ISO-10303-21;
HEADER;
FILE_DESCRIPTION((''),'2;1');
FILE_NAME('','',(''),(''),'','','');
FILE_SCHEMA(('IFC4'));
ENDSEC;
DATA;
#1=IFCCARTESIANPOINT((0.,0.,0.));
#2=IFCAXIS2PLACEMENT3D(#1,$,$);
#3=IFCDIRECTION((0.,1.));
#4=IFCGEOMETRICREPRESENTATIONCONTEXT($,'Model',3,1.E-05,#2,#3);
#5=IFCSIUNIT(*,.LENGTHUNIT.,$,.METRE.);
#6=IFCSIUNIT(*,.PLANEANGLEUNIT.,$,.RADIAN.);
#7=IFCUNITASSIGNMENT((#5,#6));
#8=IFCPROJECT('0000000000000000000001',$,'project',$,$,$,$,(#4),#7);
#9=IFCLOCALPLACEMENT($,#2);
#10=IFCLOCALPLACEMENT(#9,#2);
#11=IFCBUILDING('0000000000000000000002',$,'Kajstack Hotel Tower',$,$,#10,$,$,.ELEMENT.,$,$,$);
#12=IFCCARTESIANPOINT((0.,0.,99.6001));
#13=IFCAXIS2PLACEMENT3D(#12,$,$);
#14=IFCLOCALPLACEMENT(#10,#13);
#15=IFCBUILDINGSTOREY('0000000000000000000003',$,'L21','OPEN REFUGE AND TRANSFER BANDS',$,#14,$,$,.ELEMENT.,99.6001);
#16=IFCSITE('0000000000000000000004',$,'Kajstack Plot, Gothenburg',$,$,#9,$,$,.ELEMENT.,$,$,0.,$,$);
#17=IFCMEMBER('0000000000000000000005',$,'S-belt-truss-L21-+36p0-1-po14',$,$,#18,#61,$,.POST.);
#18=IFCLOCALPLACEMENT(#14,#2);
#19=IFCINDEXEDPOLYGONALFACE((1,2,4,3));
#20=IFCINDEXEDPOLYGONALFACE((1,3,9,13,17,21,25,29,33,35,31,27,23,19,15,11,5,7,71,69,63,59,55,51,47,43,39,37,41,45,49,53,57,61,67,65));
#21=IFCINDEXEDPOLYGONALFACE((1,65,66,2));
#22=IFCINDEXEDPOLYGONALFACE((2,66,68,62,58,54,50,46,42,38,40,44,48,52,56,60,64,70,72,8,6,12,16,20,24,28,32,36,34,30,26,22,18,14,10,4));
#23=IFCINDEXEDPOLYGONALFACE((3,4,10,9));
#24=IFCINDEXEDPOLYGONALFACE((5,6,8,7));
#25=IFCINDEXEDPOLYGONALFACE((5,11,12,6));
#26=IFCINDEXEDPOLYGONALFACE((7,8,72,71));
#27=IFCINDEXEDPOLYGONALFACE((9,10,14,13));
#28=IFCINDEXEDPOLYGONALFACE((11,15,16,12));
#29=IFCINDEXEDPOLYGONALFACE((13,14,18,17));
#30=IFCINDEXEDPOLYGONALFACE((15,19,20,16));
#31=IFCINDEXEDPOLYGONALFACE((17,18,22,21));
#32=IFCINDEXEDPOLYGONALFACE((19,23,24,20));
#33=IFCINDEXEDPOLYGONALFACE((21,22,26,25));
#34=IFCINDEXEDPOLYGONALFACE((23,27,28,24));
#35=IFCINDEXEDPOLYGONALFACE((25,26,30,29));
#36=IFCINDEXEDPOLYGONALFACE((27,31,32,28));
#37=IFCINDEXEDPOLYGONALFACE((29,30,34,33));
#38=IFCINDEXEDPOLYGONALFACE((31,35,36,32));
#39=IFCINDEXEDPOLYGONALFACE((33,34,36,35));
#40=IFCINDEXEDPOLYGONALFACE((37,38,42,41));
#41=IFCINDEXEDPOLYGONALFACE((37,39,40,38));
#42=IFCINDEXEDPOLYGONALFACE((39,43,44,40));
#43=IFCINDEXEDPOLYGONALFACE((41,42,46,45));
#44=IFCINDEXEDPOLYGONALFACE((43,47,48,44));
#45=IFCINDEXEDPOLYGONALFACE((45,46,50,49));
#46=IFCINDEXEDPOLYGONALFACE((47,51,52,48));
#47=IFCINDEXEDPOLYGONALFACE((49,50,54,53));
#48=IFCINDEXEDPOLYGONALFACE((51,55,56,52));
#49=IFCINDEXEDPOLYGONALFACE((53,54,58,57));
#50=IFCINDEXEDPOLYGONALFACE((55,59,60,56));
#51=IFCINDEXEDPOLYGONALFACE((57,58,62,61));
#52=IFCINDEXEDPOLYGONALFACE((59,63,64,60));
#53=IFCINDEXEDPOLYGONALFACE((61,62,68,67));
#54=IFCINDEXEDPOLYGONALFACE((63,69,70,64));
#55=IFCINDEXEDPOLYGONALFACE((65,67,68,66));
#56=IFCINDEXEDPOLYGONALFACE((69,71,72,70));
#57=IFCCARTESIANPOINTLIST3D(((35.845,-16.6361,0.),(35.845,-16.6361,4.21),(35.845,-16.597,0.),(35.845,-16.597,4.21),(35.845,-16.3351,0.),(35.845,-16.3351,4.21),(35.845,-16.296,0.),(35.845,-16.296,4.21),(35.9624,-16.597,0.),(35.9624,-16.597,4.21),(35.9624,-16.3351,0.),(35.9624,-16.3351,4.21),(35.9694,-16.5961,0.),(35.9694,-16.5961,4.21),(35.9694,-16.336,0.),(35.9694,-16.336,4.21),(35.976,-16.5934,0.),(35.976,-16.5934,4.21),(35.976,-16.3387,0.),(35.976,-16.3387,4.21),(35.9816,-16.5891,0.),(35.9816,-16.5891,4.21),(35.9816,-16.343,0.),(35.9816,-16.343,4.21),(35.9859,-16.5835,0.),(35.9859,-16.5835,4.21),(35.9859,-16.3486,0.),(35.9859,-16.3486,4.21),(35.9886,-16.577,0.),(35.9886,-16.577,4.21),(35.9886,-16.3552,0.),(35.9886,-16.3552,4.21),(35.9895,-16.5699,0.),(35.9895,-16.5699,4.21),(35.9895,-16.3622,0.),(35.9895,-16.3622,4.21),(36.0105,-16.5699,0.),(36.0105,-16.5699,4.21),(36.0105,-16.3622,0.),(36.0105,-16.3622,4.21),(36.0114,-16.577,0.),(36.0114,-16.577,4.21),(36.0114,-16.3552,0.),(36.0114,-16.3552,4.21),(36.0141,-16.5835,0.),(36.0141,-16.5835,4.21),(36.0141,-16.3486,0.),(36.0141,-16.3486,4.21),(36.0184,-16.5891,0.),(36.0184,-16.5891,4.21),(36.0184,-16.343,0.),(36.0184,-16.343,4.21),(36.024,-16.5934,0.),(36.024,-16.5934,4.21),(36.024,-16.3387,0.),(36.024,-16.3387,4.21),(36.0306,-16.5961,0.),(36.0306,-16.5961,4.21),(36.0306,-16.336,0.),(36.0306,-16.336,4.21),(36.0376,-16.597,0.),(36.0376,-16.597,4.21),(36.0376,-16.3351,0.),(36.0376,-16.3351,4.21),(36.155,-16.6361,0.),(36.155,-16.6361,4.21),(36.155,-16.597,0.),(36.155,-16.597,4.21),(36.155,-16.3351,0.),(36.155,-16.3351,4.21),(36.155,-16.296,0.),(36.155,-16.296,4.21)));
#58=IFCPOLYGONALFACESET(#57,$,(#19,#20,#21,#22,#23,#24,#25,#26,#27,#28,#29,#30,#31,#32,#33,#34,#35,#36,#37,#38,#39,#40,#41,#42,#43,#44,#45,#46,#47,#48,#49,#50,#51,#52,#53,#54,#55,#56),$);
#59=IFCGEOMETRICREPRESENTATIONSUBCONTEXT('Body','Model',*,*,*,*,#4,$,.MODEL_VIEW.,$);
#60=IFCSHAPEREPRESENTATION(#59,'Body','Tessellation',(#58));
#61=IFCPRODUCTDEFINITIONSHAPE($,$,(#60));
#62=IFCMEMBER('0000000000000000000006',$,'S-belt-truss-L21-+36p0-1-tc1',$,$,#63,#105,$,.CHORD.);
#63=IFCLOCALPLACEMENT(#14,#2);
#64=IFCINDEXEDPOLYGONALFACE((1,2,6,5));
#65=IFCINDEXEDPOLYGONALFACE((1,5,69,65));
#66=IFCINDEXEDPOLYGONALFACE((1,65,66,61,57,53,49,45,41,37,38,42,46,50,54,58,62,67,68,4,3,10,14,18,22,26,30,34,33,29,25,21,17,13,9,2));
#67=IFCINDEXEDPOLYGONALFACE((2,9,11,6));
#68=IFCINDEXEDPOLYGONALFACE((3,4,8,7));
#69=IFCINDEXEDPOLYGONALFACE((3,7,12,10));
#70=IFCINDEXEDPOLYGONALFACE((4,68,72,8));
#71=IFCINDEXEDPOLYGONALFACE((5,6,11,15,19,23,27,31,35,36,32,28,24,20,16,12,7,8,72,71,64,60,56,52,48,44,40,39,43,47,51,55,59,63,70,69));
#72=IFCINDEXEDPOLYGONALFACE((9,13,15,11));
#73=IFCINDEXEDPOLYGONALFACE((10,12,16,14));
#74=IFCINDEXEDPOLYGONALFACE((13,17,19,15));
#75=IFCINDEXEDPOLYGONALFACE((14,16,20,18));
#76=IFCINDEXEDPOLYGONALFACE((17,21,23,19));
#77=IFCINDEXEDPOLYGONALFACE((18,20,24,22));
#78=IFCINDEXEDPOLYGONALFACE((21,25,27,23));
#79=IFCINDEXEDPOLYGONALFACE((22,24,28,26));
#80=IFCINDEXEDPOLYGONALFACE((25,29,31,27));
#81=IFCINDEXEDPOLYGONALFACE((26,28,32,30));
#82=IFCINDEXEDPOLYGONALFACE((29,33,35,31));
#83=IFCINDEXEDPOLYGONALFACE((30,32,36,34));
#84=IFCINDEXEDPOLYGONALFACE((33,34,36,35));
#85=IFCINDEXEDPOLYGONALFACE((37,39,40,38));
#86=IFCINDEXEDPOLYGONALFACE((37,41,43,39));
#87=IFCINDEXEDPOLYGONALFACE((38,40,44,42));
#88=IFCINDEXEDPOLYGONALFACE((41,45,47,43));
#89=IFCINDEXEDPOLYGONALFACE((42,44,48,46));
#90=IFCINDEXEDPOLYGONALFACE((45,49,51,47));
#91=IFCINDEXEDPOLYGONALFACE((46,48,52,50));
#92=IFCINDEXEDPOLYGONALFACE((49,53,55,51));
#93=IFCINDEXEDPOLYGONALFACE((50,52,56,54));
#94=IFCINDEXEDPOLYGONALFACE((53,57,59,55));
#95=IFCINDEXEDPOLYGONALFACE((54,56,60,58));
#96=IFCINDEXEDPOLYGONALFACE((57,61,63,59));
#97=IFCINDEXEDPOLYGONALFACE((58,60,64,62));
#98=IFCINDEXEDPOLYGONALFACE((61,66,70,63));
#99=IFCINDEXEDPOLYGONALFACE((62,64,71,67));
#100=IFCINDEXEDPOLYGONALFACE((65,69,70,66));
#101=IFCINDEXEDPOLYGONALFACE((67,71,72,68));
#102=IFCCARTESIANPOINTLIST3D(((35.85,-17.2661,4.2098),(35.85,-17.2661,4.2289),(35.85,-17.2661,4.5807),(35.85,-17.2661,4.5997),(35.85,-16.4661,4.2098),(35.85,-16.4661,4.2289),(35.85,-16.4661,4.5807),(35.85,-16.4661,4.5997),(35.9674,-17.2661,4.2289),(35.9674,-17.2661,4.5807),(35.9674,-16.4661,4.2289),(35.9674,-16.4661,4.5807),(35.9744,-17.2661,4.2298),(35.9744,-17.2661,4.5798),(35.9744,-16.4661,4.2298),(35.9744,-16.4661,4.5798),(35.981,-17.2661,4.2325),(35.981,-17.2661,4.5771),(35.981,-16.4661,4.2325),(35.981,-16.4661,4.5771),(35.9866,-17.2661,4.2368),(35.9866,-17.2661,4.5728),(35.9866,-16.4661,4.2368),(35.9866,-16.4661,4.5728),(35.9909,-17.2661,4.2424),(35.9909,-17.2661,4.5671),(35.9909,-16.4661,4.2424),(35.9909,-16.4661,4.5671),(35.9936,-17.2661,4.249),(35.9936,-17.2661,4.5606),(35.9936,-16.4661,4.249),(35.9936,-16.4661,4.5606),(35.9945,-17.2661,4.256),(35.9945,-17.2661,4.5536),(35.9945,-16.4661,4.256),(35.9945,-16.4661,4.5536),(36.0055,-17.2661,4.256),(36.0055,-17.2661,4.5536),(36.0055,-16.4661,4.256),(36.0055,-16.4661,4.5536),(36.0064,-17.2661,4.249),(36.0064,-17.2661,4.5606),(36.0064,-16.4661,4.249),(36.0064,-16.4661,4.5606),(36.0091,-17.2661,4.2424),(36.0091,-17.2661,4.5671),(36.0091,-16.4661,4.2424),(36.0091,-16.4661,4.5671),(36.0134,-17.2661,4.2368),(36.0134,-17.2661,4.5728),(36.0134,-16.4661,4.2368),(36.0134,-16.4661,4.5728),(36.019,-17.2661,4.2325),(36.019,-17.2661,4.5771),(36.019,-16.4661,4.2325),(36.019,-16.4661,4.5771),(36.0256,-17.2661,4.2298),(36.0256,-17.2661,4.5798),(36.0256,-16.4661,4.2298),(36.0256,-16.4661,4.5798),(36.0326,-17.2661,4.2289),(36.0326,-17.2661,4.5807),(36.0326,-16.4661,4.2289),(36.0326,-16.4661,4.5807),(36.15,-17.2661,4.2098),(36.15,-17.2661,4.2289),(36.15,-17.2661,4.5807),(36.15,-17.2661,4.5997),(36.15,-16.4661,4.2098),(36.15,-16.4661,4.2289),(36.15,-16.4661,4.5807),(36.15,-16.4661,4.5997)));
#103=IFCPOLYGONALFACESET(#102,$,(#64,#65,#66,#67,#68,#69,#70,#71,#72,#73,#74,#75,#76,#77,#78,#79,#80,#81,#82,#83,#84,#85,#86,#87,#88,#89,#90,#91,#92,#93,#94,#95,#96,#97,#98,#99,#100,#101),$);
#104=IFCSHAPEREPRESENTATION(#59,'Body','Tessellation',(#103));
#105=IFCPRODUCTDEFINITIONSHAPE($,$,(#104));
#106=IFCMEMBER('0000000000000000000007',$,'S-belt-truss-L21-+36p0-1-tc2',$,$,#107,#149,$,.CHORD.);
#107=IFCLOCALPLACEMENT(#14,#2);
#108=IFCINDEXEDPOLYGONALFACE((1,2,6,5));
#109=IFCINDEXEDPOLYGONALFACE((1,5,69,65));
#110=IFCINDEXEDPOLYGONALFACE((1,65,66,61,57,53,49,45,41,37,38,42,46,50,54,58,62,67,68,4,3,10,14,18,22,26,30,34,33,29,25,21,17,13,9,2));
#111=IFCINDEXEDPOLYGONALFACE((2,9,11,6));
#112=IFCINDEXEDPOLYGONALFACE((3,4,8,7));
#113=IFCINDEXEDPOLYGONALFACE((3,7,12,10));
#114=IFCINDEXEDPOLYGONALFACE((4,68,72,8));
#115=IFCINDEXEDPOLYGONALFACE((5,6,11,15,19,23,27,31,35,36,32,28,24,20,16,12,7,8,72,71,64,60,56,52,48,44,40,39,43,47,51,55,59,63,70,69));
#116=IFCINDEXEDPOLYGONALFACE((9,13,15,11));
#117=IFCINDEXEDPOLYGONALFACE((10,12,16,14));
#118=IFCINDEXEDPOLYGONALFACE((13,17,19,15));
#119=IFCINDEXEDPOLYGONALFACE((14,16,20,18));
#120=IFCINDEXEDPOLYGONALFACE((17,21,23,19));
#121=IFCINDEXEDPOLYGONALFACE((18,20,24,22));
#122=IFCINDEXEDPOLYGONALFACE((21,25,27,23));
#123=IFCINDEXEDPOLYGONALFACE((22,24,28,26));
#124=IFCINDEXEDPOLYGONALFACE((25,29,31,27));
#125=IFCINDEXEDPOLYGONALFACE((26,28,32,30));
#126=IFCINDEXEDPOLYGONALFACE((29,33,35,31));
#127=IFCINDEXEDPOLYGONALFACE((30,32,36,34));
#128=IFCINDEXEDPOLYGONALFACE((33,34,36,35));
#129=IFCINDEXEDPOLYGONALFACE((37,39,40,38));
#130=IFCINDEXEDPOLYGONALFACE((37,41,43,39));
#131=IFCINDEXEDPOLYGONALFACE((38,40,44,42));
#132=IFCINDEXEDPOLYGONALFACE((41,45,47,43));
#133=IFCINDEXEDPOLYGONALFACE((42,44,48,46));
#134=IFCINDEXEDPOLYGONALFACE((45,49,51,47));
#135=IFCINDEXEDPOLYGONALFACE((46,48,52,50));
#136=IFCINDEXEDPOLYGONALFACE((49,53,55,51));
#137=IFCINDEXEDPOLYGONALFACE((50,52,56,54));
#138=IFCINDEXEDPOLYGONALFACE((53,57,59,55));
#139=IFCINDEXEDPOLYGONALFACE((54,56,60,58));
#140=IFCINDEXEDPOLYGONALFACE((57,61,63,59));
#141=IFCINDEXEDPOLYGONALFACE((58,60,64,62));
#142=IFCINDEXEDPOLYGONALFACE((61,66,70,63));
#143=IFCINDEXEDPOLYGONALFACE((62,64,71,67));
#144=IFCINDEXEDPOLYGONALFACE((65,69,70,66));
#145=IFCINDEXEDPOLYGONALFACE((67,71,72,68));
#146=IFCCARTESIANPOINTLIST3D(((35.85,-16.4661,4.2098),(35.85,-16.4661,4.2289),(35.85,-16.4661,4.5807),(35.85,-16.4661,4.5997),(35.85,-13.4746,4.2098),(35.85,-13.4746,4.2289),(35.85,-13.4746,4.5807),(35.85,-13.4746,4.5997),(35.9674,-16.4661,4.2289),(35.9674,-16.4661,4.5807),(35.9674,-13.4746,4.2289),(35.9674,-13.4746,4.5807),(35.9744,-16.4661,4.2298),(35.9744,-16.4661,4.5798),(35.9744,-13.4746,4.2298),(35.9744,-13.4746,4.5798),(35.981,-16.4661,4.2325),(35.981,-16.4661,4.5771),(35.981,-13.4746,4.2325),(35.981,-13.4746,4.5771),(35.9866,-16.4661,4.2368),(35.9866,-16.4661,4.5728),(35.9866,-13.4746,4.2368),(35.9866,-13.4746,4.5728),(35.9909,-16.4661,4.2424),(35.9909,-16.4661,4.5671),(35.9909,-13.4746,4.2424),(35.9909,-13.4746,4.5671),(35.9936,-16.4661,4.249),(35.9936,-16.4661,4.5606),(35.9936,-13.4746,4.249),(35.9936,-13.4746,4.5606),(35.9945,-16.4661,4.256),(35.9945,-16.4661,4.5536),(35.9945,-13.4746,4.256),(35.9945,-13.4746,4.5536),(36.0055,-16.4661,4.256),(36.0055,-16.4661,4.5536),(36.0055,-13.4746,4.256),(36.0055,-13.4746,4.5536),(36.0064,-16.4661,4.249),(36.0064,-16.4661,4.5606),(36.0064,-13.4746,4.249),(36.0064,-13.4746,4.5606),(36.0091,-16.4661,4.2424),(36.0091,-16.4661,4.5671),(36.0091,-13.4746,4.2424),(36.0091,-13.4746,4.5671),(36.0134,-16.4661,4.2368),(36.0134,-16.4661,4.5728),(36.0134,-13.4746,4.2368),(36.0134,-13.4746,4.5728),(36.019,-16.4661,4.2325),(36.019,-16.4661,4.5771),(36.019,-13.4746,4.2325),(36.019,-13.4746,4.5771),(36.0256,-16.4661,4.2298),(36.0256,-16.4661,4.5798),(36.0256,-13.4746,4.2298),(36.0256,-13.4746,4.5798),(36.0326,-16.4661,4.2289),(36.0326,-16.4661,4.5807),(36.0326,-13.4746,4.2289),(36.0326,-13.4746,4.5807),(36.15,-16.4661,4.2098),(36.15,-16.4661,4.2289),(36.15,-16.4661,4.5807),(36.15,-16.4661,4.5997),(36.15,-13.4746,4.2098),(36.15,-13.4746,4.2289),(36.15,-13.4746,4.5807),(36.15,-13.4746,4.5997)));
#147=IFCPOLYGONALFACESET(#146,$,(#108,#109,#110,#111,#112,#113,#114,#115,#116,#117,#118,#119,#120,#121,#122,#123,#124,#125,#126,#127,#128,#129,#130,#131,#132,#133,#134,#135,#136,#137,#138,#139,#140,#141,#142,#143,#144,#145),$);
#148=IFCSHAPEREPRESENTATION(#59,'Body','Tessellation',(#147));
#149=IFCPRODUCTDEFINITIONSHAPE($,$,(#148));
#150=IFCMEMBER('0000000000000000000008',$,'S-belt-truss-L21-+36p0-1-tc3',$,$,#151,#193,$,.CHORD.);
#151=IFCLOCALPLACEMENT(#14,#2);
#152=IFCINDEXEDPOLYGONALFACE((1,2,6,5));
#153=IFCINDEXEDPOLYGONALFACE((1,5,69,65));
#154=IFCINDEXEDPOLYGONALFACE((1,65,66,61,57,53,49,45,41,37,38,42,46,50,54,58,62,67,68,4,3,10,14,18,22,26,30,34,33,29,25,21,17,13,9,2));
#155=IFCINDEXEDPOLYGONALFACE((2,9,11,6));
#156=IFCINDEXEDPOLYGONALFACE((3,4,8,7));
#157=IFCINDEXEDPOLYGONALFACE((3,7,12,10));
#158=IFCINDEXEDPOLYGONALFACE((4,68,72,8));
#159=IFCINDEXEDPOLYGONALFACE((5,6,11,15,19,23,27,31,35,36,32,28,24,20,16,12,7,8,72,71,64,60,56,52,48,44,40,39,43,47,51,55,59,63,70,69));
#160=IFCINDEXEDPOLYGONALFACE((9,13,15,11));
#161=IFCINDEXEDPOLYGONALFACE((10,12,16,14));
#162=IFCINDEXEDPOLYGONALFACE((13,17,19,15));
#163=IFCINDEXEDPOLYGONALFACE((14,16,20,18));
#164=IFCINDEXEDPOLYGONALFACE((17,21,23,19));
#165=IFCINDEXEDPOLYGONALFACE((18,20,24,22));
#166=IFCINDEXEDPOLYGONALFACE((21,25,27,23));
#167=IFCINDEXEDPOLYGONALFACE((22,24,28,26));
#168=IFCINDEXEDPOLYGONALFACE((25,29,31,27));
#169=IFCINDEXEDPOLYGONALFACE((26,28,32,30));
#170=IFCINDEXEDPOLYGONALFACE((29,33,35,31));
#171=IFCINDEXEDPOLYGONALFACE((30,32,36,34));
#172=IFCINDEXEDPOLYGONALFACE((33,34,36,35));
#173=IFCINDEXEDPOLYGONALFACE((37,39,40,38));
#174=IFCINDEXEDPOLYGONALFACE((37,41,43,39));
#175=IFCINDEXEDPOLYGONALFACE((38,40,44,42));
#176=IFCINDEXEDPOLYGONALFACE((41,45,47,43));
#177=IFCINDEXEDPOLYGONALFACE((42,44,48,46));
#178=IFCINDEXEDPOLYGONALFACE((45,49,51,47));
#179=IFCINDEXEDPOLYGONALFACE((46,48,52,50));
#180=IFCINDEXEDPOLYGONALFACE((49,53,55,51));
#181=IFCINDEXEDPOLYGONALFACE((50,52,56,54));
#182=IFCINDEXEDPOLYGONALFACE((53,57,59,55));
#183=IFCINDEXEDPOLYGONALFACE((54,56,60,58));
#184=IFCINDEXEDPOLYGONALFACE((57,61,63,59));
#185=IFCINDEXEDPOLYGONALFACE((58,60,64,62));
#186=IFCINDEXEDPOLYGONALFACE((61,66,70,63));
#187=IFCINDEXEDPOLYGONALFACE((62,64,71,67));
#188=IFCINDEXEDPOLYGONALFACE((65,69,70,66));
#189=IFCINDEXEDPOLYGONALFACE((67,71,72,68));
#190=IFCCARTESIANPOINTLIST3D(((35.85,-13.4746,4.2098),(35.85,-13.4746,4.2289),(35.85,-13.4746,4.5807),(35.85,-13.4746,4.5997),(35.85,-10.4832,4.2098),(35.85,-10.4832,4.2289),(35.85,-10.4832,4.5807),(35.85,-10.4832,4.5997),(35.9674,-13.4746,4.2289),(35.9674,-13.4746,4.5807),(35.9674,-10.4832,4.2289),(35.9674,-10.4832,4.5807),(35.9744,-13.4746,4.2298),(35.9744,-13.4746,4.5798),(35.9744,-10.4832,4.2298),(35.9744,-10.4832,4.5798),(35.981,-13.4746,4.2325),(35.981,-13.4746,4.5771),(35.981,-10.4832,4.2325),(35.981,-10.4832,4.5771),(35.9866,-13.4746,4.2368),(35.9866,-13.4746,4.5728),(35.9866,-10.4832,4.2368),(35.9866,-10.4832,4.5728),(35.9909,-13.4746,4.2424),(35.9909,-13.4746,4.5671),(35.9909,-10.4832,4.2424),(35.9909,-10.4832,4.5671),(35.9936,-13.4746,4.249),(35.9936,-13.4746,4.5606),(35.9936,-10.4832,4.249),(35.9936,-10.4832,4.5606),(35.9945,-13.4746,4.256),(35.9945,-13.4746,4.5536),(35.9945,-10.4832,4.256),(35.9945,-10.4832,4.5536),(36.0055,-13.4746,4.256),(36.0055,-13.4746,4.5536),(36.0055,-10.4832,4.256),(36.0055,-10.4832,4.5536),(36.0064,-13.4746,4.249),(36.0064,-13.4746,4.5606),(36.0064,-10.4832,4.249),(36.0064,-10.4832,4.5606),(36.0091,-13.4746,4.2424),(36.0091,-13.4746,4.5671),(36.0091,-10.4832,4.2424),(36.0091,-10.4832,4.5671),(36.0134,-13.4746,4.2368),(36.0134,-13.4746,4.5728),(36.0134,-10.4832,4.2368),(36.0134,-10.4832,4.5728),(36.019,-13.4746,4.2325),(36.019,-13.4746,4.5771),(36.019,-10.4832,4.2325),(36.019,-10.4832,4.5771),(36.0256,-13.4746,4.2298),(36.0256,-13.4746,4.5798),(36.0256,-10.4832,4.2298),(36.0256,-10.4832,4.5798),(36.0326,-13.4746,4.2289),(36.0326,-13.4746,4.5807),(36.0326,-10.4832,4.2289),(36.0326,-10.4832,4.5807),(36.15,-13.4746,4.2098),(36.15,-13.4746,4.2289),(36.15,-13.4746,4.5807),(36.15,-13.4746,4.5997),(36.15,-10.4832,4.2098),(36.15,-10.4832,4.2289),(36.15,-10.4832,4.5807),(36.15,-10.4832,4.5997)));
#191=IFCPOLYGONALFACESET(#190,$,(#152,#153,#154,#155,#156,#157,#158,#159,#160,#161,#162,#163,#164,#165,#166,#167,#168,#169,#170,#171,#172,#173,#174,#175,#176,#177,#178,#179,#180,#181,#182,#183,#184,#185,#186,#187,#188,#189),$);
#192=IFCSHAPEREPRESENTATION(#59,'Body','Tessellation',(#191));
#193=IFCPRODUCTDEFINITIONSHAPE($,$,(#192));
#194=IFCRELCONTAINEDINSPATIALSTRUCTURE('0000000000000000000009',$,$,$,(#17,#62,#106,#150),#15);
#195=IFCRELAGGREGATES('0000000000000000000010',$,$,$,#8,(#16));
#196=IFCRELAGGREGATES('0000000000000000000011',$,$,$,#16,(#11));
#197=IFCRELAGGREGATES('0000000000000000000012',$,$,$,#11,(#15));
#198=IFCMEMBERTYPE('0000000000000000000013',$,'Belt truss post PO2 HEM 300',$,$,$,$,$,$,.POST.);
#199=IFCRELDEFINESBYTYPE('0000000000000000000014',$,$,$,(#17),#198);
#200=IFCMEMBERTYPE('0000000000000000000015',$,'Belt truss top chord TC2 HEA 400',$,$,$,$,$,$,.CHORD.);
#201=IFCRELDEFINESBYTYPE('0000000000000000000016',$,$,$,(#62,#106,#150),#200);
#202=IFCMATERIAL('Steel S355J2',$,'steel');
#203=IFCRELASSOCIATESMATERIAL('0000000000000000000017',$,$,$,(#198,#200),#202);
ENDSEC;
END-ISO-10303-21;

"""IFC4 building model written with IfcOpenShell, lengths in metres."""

from ifc_helpers import new_model, si_unit, direction, frame, origin, origin_2d, place, context, subcontext, project, spatial, i_section, extrude, material, material_profile, profile_set, type_object, element, save


model = new_model("IFC4")

# Units and contexts
model_context = context("Model", 3, precision=1e-05, world=origin(), true_north=direction((0.0, 1.0)))
body_context = subcontext(model_context, "Body", "Model", "MODEL_VIEW")
ifc_project = project(units=[si_unit("LENGTHUNIT", "METRE"), si_unit("PLANEANGLEUNIT", "RADIAN")], contexts=[model_context])

# Site, building, storey
site_placement = place(None, origin())
site = spatial("IfcSite", under=ifc_project, at=site_placement, Name="Kajstack Plot, Gothenburg", CompositionType="ELEMENT", RefElevation=0.0)
building_placement = place(site_placement, origin())
building = spatial("IfcBuilding", under=site, at=building_placement, Name="Kajstack Hotel Tower", CompositionType="ELEMENT")
storey_placement = place(building_placement, frame((0.0, 0.0, 99.6001)))
storey = spatial("IfcBuildingStorey", under=building, at=storey_placement, Name="L21", Description="OPEN REFUGE AND TRANSFER BANDS", CompositionType="ELEMENT", Elevation=99.6001)

# Members
ifc_material_1 = material(Name="Steel S355J2", Category="steel")
ifc_material_profile_1 = material_profile(ifc_material_1, i_section(OverallWidth=0.3101, OverallDepth=0.3401, WebThickness=0.021, FlangeThickness=0.0391, FilletRadius=0.0271, at=origin_2d()), Name="HEM 300")
ifc_profile_set_1 = profile_set([ifc_material_profile_1], Name="Steel S355J2")
member_type_1 = type_object("IfcMemberType", Name="Belt truss post PO2 HEM 300", PredefinedType="POST", material=ifc_profile_set_1)
for number, where, z_axis, x_axis, name in (
    (1, (36.0, -16.4661, 0.0), (0.0, 0.0, 1.0), (1.0, 0.0, 0.0), "S-belt-truss-L21-+36p0-1-po14"),
):
    element("IfcMember", number, at=place(storey_placement, frame(where, z_axis=z_axis, x_axis=x_axis)), inside=storey, type_object=member_type_1, Name=name, PredefinedType="POST", context=body_context, shape_type="SweptSolid", body=[
        extrude(i_section(OverallWidth=0.3101, OverallDepth=0.3401, WebThickness=0.021, FlangeThickness=0.0391, FilletRadius=0.0271, at=origin_2d()), origin(), (0.0, 0.0, 1.0), 4.21),
    ])
ifc_material_profile_2 = material_profile(ifc_material_1, i_section(OverallWidth=0.3, OverallDepth=0.3899, WebThickness=0.011, FlangeThickness=0.019, FilletRadius=0.0271, at=origin_2d()), Name="HEA 400")
ifc_profile_set_2 = profile_set([ifc_material_profile_2], Name="Steel S355J2")
member_type_2 = type_object("IfcMemberType", Name="Belt truss top chord TC2 HEA 400", PredefinedType="CHORD", material=ifc_profile_set_2)
member_1_placement = place(storey_placement, frame((36.0, -17.2661, 4.4048), z_axis=(0.0, 1.0, 0.0), x_axis=(-1.0, 0.0, 0.0)))
element("IfcMember", 2, at=member_1_placement, inside=storey, type_object=member_type_2, Name="S-belt-truss-L21-+36p0-1-tc1", PredefinedType="CHORD", context=body_context, shape_type="SweptSolid", body=[
    extrude(i_section(OverallWidth=0.3, OverallDepth=0.3899, WebThickness=0.011, FlangeThickness=0.019, FilletRadius=0.0271, at=origin_2d()), origin(), (0.0, 0.0, 1.0), 0.8),
])
for number, where, z_axis, x_axis, name in (
    (3, (36.0, -16.4661, 4.4048), (0.0, 1.0, 0.0), (-1.0, 0.0, 0.0), "S-belt-truss-L21-+36p0-1-tc2"),
    (4, (36.0, -13.4746, 4.4048), (0.0, 1.0, 0.0), (-1.0, 0.0, 0.0), "S-belt-truss-L21-+36p0-1-tc3"),
):
    element("IfcMember", number, at=place(storey_placement, frame(where, z_axis=z_axis, x_axis=x_axis)), inside=storey, type_object=member_type_2, Name=name, PredefinedType="CHORD", context=body_context, shape_type="SweptSolid", body=[
        extrude(i_section(OverallWidth=0.3, OverallDepth=0.3899, WebThickness=0.011, FlangeThickness=0.019, FilletRadius=0.0271, at=origin_2d()), origin(), (0.0, 0.0, 1.0), 2.9915),
    ])

save(model, "model.ifc")
